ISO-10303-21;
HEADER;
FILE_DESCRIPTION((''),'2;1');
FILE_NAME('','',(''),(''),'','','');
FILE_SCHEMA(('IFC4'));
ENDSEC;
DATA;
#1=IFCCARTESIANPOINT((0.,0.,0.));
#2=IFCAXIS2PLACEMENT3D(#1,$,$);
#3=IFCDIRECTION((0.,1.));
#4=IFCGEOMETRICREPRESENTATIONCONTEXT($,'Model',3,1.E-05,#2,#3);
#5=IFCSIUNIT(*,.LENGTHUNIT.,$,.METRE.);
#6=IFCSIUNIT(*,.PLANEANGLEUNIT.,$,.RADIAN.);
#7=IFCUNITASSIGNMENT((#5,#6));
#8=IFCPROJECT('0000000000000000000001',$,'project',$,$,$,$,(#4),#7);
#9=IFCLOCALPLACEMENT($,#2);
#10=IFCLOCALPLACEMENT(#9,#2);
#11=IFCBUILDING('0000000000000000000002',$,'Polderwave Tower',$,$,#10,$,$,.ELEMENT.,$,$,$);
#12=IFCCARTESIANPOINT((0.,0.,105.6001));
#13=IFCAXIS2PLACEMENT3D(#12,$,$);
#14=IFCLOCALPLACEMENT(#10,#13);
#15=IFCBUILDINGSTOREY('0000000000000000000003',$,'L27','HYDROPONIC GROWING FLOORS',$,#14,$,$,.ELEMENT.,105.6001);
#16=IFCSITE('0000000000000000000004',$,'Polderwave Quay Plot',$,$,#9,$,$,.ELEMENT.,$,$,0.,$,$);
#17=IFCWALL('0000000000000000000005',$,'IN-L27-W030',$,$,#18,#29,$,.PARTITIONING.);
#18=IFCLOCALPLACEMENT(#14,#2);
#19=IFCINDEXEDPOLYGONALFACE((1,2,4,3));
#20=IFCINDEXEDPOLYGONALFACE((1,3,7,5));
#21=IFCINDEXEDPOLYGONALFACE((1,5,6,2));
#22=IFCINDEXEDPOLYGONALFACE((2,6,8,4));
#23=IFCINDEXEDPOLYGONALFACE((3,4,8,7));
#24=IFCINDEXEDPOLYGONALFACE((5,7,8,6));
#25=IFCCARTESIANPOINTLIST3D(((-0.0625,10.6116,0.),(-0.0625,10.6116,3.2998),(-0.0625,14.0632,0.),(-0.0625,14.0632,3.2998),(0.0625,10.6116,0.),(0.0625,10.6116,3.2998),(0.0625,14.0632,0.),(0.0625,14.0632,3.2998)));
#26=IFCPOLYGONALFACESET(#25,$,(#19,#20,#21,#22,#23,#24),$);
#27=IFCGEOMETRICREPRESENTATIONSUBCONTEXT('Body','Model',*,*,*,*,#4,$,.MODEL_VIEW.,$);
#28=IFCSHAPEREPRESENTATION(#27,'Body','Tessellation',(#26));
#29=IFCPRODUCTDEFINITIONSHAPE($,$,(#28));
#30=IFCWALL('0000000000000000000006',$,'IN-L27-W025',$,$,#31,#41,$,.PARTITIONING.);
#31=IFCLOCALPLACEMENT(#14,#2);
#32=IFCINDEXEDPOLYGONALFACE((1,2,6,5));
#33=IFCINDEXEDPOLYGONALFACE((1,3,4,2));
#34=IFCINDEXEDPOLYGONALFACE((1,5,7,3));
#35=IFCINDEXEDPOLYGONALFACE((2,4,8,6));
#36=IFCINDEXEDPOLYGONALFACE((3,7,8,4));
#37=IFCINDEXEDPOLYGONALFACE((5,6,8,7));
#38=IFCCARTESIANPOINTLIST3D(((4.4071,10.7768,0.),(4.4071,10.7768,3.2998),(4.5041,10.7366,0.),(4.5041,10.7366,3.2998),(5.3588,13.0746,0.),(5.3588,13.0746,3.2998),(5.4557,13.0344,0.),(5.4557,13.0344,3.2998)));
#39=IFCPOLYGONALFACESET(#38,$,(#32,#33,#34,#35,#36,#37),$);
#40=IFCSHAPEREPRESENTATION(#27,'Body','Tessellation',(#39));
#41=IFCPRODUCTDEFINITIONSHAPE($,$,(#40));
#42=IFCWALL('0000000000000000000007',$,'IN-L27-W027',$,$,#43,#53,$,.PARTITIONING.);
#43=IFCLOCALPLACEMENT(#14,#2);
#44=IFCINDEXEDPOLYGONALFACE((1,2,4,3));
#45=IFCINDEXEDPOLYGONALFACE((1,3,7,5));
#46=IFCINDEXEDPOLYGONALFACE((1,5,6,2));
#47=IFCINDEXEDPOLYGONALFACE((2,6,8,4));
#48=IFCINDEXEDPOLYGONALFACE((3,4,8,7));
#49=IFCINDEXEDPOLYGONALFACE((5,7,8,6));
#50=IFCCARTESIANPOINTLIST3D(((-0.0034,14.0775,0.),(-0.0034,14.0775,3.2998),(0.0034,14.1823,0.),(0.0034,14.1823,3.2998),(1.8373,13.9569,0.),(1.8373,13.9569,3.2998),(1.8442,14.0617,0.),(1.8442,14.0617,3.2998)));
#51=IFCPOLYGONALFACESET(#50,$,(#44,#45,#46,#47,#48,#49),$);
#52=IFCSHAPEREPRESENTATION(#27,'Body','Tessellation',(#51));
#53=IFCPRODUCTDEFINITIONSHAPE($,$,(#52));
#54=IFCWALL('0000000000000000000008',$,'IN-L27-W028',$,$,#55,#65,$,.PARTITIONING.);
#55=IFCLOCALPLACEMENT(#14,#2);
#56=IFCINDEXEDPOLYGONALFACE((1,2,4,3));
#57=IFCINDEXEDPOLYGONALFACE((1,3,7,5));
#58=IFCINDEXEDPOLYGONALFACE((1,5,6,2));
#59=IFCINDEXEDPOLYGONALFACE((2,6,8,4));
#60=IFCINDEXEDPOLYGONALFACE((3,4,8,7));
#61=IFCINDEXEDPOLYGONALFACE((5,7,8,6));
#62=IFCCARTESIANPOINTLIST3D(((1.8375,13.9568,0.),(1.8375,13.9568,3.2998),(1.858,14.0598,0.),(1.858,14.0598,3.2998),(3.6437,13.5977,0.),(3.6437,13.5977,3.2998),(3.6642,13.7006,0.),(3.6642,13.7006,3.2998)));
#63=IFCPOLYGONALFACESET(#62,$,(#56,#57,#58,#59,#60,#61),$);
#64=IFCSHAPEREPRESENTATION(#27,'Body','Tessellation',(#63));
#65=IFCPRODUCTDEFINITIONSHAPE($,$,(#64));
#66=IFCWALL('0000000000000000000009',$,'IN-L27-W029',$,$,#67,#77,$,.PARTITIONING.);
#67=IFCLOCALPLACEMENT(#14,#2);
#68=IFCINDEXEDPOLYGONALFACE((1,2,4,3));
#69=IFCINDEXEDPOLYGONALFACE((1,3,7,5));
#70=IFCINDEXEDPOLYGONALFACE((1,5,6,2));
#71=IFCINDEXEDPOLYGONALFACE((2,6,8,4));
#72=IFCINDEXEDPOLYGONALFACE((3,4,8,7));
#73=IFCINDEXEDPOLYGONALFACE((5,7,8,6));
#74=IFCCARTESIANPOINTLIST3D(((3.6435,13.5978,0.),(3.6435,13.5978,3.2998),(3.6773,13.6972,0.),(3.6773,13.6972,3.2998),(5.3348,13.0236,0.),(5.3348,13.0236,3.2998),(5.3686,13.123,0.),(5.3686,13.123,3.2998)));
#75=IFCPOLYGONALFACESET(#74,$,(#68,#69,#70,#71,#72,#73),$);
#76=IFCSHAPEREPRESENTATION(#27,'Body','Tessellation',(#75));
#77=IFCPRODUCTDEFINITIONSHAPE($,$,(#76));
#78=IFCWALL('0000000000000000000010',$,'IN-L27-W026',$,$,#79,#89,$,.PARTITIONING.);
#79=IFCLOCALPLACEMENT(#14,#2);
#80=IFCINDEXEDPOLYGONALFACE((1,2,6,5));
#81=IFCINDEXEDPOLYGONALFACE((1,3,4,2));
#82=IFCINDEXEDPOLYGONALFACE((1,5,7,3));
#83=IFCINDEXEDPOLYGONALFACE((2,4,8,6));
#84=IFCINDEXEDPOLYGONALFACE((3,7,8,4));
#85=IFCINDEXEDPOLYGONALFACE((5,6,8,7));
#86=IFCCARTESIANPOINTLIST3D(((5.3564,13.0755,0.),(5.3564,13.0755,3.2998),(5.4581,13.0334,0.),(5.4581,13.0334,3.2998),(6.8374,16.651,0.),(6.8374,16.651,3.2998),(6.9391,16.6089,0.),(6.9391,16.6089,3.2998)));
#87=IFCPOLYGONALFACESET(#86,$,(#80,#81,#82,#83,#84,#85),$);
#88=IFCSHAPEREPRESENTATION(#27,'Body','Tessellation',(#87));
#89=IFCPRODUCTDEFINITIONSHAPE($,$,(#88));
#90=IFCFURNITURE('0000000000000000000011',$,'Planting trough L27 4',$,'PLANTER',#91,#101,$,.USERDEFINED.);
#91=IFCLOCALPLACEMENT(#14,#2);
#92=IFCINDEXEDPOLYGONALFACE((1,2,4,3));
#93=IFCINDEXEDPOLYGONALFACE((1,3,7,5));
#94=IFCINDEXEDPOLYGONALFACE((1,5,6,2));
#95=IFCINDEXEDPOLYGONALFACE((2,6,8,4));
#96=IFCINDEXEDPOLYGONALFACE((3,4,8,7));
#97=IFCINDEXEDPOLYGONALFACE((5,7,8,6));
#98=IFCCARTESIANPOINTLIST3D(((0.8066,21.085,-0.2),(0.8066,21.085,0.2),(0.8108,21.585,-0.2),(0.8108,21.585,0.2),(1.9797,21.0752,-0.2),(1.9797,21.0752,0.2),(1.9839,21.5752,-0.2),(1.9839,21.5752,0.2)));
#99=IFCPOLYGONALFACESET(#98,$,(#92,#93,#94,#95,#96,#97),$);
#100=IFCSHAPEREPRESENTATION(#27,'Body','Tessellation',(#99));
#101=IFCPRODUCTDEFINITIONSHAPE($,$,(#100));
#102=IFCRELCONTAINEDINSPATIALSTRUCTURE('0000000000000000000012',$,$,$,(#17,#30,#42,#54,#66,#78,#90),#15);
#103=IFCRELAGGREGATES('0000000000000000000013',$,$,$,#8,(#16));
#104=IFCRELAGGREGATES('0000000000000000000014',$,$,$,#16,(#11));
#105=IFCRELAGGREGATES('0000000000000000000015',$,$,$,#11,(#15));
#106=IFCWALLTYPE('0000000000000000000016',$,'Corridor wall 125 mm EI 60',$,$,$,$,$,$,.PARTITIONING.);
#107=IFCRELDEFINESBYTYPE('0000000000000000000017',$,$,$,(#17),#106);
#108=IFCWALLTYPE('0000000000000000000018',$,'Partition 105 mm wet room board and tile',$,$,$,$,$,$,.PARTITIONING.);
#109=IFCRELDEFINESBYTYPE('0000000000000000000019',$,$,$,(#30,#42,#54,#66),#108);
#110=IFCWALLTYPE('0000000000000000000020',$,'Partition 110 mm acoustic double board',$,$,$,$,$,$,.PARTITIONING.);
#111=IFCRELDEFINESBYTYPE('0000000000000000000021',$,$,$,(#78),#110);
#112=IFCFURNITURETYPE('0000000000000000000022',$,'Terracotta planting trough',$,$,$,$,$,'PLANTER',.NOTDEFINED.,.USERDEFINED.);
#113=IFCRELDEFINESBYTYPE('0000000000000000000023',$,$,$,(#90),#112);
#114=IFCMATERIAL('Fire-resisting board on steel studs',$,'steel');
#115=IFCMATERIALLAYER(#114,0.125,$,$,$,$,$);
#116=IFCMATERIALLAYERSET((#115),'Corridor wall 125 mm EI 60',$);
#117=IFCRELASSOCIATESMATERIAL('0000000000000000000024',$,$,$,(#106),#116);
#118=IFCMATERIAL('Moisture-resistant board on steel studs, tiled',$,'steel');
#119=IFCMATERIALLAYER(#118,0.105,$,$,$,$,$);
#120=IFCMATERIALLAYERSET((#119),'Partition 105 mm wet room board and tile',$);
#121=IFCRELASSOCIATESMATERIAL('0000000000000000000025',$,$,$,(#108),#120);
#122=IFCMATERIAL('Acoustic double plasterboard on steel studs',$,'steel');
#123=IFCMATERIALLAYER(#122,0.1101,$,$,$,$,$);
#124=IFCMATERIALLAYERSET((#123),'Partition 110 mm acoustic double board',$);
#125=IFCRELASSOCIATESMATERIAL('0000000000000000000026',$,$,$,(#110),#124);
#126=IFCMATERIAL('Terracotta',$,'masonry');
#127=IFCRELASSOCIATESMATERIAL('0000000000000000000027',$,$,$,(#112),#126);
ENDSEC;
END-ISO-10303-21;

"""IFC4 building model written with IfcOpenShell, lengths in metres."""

from ifc_helpers import new_model, si_unit, direction, frame, frame_2d, origin, origin_2d, place, context, subcontext, project, spatial, rectangle, extrude, material, layer, layer_set, type_object, element, save


model = new_model("IFC4")

# Units and contexts
model_context = context("Model", 3, precision=1e-05, world=origin(), true_north=direction((0.0, 1.0)))
body_context = subcontext(model_context, "Body", "Model", "MODEL_VIEW")
ifc_project = project(units=[si_unit("LENGTHUNIT", "METRE"), si_unit("PLANEANGLEUNIT", "RADIAN")], contexts=[model_context])

# Site, building, storey
site_placement = place(None, origin())
site = spatial("IfcSite", under=ifc_project, at=site_placement, Name="Polderwave Quay Plot", CompositionType="ELEMENT", RefElevation=0.0)
building_placement = place(site_placement, origin())
building = spatial("IfcBuilding", under=site, at=building_placement, Name="Polderwave Tower", CompositionType="ELEMENT")
storey_placement = place(building_placement, frame((0.0, 0.0, 105.6001)))
storey = spatial("IfcBuildingStorey", under=building, at=storey_placement, Name="L27", Description="HYDROPONIC GROWING FLOORS", CompositionType="ELEMENT", Elevation=105.6001)

# Shared definitions
ifc_material_1 = material(Name="Fire-resisting board on steel studs", Category="steel")
ifc_layer_1 = layer(ifc_material_1, 0.125)
ifc_layer_set_1 = layer_set([ifc_layer_1], Name="Corridor wall 125 mm EI 60")
wall_type_1 = type_object("IfcWallType", Name="Corridor wall 125 mm EI 60", PredefinedType="PARTITIONING", material=ifc_layer_set_1)

# Walls
wall_1_placement = place(storey_placement, frame((0.0, 10.6116, 0.0), z_axis=(0.0, 0.0, 1.0), x_axis=(0.0, 1.0, 0.0)))
element("IfcWall", 1, at=wall_1_placement, inside=storey, type_object=wall_type_1, Name="IN-L27-W030", PredefinedType="PARTITIONING", context=body_context, shape_type="SweptSolid", body=[
    extrude(rectangle(XDim=3.4517, YDim=0.125, at=frame_2d((1.7258, 0.0))), origin(), (0.0, 0.0, 1.0), 3.2998),
])
ifc_material_2 = material(Name="Moisture-resistant board on steel studs, tiled", Category="steel")
ifc_layer_2 = layer(ifc_material_2, 0.105)
ifc_layer_set_2 = layer_set([ifc_layer_2], Name="Partition 105 mm wet room board and tile")
wall_type_2 = type_object("IfcWallType", Name="Partition 105 mm wet room board and tile", PredefinedType="PARTITIONING", material=ifc_layer_set_2)
wall_2_placement = place(storey_placement, frame((4.4556, 10.7566, 0.0), z_axis=(0.0, 0.0, 1.0), x_axis=(0.382635, 0.9239, 0.0)))
element("IfcWall", 2, at=wall_2_placement, inside=storey, type_object=wall_type_2, Name="IN-L27-W025", PredefinedType="PARTITIONING", context=body_context, shape_type="SweptSolid", body=[
    extrude(rectangle(XDim=2.4871, YDim=0.105, at=frame_2d((1.2437, 0.0))), origin(), (0.0, 0.0, 1.0), 3.2998),
])
wall_3_placement = place(storey_placement, frame((0.0, 14.1299, 0.0), z_axis=(0.0, 0.0, 1.0), x_axis=(0.997861, -0.065377, 0.0)))
element("IfcWall", 3, at=wall_3_placement, inside=storey, type_object=wall_type_2, Name="IN-L27-W027", PredefinedType="PARTITIONING", context=body_context, shape_type="SweptSolid", body=[
    extrude(rectangle(XDim=1.8447, YDim=0.105, at=frame_2d((0.9224, 0.0))), origin(), (0.0, 0.0, 1.0), 3.2998),
])
wall_4_placement = place(storey_placement, frame((1.8477, 14.0083, 0.0), z_axis=(0.0, 0.0, 1.0), x_axis=(0.980799, -0.19502, 0.0)))
element("IfcWall", 4, at=wall_4_placement, inside=storey, type_object=wall_type_2, Name="IN-L27-W028", PredefinedType="PARTITIONING", context=body_context, shape_type="SweptSolid", body=[
    extrude(rectangle(XDim=1.8416, YDim=0.105, at=frame_2d((0.9209, 0.0))), origin(), (0.0, 0.0, 1.0), 3.2998),
])
wall_5_placement = place(storey_placement, frame((3.6604, 13.6475, 0.0), z_axis=(0.0, 0.0, 1.0), x_axis=(0.946919, -0.321471, 0.0)))
element("IfcWall", 5, at=wall_5_placement, inside=storey, type_object=wall_type_2, Name="IN-L27-W029", PredefinedType="PARTITIONING", context=body_context, shape_type="SweptSolid", body=[
    extrude(rectangle(XDim=1.7861, YDim=0.105, at=frame_2d((0.8931, 0.0))), origin(), (0.0, 0.0, 1.0), 3.2998),
])
ifc_material_3 = material(Name="Acoustic double plasterboard on steel studs", Category="steel")
ifc_layer_3 = layer(ifc_material_3, 0.1101)
ifc_layer_set_3 = layer_set([ifc_layer_3], Name="Partition 110 mm acoustic double board")
wall_type_3 = type_object("IfcWallType", Name="Partition 110 mm acoustic double board", PredefinedType="PARTITIONING", material=ifc_layer_set_3)
wall_6_placement = place(storey_placement, frame((5.4072, 13.0544, 0.0), z_axis=(0.0, 0.0, 1.0), x_axis=(0.382675, 0.923883, 0.0)))
element("IfcWall", 6, at=wall_6_placement, inside=storey, type_object=wall_type_3, Name="IN-L27-W026", PredefinedType="PARTITIONING", context=body_context, shape_type="SweptSolid", body=[
    extrude(rectangle(XDim=3.8701, YDim=0.1101, at=frame_2d((1.9351, 0.0))), origin(), (0.0, 0.0, 1.0), 3.2998),
])

# Furniture
ifc_material_4 = material(Name="Terracotta", Category="masonry")
furniture_type = type_object("IfcFurnitureType", Name="Terracotta planting trough", ElementType="PLANTER", AssemblyPlace="NOTDEFINED", PredefinedType="USERDEFINED", material=ifc_material_4)
furniture_placement = place(storey_placement, frame((1.3953, 21.3301, -0.2), z_axis=(0.0, 0.0, 1.0), x_axis=(-0.999965, 0.008357, 0.0)))
element("IfcFurniture", 7, at=furniture_placement, inside=storey, type_object=furniture_type, Name="Planting trough L27 4", ObjectType="PLANTER", PredefinedType="USERDEFINED", context=body_context, shape_type="SweptSolid", body=[
    extrude(rectangle(XDim=1.1731, YDim=0.5, at=origin_2d()), origin(), (0.0, 0.0, 1.0), 0.3999),
])

save(model, "model.ifc")
